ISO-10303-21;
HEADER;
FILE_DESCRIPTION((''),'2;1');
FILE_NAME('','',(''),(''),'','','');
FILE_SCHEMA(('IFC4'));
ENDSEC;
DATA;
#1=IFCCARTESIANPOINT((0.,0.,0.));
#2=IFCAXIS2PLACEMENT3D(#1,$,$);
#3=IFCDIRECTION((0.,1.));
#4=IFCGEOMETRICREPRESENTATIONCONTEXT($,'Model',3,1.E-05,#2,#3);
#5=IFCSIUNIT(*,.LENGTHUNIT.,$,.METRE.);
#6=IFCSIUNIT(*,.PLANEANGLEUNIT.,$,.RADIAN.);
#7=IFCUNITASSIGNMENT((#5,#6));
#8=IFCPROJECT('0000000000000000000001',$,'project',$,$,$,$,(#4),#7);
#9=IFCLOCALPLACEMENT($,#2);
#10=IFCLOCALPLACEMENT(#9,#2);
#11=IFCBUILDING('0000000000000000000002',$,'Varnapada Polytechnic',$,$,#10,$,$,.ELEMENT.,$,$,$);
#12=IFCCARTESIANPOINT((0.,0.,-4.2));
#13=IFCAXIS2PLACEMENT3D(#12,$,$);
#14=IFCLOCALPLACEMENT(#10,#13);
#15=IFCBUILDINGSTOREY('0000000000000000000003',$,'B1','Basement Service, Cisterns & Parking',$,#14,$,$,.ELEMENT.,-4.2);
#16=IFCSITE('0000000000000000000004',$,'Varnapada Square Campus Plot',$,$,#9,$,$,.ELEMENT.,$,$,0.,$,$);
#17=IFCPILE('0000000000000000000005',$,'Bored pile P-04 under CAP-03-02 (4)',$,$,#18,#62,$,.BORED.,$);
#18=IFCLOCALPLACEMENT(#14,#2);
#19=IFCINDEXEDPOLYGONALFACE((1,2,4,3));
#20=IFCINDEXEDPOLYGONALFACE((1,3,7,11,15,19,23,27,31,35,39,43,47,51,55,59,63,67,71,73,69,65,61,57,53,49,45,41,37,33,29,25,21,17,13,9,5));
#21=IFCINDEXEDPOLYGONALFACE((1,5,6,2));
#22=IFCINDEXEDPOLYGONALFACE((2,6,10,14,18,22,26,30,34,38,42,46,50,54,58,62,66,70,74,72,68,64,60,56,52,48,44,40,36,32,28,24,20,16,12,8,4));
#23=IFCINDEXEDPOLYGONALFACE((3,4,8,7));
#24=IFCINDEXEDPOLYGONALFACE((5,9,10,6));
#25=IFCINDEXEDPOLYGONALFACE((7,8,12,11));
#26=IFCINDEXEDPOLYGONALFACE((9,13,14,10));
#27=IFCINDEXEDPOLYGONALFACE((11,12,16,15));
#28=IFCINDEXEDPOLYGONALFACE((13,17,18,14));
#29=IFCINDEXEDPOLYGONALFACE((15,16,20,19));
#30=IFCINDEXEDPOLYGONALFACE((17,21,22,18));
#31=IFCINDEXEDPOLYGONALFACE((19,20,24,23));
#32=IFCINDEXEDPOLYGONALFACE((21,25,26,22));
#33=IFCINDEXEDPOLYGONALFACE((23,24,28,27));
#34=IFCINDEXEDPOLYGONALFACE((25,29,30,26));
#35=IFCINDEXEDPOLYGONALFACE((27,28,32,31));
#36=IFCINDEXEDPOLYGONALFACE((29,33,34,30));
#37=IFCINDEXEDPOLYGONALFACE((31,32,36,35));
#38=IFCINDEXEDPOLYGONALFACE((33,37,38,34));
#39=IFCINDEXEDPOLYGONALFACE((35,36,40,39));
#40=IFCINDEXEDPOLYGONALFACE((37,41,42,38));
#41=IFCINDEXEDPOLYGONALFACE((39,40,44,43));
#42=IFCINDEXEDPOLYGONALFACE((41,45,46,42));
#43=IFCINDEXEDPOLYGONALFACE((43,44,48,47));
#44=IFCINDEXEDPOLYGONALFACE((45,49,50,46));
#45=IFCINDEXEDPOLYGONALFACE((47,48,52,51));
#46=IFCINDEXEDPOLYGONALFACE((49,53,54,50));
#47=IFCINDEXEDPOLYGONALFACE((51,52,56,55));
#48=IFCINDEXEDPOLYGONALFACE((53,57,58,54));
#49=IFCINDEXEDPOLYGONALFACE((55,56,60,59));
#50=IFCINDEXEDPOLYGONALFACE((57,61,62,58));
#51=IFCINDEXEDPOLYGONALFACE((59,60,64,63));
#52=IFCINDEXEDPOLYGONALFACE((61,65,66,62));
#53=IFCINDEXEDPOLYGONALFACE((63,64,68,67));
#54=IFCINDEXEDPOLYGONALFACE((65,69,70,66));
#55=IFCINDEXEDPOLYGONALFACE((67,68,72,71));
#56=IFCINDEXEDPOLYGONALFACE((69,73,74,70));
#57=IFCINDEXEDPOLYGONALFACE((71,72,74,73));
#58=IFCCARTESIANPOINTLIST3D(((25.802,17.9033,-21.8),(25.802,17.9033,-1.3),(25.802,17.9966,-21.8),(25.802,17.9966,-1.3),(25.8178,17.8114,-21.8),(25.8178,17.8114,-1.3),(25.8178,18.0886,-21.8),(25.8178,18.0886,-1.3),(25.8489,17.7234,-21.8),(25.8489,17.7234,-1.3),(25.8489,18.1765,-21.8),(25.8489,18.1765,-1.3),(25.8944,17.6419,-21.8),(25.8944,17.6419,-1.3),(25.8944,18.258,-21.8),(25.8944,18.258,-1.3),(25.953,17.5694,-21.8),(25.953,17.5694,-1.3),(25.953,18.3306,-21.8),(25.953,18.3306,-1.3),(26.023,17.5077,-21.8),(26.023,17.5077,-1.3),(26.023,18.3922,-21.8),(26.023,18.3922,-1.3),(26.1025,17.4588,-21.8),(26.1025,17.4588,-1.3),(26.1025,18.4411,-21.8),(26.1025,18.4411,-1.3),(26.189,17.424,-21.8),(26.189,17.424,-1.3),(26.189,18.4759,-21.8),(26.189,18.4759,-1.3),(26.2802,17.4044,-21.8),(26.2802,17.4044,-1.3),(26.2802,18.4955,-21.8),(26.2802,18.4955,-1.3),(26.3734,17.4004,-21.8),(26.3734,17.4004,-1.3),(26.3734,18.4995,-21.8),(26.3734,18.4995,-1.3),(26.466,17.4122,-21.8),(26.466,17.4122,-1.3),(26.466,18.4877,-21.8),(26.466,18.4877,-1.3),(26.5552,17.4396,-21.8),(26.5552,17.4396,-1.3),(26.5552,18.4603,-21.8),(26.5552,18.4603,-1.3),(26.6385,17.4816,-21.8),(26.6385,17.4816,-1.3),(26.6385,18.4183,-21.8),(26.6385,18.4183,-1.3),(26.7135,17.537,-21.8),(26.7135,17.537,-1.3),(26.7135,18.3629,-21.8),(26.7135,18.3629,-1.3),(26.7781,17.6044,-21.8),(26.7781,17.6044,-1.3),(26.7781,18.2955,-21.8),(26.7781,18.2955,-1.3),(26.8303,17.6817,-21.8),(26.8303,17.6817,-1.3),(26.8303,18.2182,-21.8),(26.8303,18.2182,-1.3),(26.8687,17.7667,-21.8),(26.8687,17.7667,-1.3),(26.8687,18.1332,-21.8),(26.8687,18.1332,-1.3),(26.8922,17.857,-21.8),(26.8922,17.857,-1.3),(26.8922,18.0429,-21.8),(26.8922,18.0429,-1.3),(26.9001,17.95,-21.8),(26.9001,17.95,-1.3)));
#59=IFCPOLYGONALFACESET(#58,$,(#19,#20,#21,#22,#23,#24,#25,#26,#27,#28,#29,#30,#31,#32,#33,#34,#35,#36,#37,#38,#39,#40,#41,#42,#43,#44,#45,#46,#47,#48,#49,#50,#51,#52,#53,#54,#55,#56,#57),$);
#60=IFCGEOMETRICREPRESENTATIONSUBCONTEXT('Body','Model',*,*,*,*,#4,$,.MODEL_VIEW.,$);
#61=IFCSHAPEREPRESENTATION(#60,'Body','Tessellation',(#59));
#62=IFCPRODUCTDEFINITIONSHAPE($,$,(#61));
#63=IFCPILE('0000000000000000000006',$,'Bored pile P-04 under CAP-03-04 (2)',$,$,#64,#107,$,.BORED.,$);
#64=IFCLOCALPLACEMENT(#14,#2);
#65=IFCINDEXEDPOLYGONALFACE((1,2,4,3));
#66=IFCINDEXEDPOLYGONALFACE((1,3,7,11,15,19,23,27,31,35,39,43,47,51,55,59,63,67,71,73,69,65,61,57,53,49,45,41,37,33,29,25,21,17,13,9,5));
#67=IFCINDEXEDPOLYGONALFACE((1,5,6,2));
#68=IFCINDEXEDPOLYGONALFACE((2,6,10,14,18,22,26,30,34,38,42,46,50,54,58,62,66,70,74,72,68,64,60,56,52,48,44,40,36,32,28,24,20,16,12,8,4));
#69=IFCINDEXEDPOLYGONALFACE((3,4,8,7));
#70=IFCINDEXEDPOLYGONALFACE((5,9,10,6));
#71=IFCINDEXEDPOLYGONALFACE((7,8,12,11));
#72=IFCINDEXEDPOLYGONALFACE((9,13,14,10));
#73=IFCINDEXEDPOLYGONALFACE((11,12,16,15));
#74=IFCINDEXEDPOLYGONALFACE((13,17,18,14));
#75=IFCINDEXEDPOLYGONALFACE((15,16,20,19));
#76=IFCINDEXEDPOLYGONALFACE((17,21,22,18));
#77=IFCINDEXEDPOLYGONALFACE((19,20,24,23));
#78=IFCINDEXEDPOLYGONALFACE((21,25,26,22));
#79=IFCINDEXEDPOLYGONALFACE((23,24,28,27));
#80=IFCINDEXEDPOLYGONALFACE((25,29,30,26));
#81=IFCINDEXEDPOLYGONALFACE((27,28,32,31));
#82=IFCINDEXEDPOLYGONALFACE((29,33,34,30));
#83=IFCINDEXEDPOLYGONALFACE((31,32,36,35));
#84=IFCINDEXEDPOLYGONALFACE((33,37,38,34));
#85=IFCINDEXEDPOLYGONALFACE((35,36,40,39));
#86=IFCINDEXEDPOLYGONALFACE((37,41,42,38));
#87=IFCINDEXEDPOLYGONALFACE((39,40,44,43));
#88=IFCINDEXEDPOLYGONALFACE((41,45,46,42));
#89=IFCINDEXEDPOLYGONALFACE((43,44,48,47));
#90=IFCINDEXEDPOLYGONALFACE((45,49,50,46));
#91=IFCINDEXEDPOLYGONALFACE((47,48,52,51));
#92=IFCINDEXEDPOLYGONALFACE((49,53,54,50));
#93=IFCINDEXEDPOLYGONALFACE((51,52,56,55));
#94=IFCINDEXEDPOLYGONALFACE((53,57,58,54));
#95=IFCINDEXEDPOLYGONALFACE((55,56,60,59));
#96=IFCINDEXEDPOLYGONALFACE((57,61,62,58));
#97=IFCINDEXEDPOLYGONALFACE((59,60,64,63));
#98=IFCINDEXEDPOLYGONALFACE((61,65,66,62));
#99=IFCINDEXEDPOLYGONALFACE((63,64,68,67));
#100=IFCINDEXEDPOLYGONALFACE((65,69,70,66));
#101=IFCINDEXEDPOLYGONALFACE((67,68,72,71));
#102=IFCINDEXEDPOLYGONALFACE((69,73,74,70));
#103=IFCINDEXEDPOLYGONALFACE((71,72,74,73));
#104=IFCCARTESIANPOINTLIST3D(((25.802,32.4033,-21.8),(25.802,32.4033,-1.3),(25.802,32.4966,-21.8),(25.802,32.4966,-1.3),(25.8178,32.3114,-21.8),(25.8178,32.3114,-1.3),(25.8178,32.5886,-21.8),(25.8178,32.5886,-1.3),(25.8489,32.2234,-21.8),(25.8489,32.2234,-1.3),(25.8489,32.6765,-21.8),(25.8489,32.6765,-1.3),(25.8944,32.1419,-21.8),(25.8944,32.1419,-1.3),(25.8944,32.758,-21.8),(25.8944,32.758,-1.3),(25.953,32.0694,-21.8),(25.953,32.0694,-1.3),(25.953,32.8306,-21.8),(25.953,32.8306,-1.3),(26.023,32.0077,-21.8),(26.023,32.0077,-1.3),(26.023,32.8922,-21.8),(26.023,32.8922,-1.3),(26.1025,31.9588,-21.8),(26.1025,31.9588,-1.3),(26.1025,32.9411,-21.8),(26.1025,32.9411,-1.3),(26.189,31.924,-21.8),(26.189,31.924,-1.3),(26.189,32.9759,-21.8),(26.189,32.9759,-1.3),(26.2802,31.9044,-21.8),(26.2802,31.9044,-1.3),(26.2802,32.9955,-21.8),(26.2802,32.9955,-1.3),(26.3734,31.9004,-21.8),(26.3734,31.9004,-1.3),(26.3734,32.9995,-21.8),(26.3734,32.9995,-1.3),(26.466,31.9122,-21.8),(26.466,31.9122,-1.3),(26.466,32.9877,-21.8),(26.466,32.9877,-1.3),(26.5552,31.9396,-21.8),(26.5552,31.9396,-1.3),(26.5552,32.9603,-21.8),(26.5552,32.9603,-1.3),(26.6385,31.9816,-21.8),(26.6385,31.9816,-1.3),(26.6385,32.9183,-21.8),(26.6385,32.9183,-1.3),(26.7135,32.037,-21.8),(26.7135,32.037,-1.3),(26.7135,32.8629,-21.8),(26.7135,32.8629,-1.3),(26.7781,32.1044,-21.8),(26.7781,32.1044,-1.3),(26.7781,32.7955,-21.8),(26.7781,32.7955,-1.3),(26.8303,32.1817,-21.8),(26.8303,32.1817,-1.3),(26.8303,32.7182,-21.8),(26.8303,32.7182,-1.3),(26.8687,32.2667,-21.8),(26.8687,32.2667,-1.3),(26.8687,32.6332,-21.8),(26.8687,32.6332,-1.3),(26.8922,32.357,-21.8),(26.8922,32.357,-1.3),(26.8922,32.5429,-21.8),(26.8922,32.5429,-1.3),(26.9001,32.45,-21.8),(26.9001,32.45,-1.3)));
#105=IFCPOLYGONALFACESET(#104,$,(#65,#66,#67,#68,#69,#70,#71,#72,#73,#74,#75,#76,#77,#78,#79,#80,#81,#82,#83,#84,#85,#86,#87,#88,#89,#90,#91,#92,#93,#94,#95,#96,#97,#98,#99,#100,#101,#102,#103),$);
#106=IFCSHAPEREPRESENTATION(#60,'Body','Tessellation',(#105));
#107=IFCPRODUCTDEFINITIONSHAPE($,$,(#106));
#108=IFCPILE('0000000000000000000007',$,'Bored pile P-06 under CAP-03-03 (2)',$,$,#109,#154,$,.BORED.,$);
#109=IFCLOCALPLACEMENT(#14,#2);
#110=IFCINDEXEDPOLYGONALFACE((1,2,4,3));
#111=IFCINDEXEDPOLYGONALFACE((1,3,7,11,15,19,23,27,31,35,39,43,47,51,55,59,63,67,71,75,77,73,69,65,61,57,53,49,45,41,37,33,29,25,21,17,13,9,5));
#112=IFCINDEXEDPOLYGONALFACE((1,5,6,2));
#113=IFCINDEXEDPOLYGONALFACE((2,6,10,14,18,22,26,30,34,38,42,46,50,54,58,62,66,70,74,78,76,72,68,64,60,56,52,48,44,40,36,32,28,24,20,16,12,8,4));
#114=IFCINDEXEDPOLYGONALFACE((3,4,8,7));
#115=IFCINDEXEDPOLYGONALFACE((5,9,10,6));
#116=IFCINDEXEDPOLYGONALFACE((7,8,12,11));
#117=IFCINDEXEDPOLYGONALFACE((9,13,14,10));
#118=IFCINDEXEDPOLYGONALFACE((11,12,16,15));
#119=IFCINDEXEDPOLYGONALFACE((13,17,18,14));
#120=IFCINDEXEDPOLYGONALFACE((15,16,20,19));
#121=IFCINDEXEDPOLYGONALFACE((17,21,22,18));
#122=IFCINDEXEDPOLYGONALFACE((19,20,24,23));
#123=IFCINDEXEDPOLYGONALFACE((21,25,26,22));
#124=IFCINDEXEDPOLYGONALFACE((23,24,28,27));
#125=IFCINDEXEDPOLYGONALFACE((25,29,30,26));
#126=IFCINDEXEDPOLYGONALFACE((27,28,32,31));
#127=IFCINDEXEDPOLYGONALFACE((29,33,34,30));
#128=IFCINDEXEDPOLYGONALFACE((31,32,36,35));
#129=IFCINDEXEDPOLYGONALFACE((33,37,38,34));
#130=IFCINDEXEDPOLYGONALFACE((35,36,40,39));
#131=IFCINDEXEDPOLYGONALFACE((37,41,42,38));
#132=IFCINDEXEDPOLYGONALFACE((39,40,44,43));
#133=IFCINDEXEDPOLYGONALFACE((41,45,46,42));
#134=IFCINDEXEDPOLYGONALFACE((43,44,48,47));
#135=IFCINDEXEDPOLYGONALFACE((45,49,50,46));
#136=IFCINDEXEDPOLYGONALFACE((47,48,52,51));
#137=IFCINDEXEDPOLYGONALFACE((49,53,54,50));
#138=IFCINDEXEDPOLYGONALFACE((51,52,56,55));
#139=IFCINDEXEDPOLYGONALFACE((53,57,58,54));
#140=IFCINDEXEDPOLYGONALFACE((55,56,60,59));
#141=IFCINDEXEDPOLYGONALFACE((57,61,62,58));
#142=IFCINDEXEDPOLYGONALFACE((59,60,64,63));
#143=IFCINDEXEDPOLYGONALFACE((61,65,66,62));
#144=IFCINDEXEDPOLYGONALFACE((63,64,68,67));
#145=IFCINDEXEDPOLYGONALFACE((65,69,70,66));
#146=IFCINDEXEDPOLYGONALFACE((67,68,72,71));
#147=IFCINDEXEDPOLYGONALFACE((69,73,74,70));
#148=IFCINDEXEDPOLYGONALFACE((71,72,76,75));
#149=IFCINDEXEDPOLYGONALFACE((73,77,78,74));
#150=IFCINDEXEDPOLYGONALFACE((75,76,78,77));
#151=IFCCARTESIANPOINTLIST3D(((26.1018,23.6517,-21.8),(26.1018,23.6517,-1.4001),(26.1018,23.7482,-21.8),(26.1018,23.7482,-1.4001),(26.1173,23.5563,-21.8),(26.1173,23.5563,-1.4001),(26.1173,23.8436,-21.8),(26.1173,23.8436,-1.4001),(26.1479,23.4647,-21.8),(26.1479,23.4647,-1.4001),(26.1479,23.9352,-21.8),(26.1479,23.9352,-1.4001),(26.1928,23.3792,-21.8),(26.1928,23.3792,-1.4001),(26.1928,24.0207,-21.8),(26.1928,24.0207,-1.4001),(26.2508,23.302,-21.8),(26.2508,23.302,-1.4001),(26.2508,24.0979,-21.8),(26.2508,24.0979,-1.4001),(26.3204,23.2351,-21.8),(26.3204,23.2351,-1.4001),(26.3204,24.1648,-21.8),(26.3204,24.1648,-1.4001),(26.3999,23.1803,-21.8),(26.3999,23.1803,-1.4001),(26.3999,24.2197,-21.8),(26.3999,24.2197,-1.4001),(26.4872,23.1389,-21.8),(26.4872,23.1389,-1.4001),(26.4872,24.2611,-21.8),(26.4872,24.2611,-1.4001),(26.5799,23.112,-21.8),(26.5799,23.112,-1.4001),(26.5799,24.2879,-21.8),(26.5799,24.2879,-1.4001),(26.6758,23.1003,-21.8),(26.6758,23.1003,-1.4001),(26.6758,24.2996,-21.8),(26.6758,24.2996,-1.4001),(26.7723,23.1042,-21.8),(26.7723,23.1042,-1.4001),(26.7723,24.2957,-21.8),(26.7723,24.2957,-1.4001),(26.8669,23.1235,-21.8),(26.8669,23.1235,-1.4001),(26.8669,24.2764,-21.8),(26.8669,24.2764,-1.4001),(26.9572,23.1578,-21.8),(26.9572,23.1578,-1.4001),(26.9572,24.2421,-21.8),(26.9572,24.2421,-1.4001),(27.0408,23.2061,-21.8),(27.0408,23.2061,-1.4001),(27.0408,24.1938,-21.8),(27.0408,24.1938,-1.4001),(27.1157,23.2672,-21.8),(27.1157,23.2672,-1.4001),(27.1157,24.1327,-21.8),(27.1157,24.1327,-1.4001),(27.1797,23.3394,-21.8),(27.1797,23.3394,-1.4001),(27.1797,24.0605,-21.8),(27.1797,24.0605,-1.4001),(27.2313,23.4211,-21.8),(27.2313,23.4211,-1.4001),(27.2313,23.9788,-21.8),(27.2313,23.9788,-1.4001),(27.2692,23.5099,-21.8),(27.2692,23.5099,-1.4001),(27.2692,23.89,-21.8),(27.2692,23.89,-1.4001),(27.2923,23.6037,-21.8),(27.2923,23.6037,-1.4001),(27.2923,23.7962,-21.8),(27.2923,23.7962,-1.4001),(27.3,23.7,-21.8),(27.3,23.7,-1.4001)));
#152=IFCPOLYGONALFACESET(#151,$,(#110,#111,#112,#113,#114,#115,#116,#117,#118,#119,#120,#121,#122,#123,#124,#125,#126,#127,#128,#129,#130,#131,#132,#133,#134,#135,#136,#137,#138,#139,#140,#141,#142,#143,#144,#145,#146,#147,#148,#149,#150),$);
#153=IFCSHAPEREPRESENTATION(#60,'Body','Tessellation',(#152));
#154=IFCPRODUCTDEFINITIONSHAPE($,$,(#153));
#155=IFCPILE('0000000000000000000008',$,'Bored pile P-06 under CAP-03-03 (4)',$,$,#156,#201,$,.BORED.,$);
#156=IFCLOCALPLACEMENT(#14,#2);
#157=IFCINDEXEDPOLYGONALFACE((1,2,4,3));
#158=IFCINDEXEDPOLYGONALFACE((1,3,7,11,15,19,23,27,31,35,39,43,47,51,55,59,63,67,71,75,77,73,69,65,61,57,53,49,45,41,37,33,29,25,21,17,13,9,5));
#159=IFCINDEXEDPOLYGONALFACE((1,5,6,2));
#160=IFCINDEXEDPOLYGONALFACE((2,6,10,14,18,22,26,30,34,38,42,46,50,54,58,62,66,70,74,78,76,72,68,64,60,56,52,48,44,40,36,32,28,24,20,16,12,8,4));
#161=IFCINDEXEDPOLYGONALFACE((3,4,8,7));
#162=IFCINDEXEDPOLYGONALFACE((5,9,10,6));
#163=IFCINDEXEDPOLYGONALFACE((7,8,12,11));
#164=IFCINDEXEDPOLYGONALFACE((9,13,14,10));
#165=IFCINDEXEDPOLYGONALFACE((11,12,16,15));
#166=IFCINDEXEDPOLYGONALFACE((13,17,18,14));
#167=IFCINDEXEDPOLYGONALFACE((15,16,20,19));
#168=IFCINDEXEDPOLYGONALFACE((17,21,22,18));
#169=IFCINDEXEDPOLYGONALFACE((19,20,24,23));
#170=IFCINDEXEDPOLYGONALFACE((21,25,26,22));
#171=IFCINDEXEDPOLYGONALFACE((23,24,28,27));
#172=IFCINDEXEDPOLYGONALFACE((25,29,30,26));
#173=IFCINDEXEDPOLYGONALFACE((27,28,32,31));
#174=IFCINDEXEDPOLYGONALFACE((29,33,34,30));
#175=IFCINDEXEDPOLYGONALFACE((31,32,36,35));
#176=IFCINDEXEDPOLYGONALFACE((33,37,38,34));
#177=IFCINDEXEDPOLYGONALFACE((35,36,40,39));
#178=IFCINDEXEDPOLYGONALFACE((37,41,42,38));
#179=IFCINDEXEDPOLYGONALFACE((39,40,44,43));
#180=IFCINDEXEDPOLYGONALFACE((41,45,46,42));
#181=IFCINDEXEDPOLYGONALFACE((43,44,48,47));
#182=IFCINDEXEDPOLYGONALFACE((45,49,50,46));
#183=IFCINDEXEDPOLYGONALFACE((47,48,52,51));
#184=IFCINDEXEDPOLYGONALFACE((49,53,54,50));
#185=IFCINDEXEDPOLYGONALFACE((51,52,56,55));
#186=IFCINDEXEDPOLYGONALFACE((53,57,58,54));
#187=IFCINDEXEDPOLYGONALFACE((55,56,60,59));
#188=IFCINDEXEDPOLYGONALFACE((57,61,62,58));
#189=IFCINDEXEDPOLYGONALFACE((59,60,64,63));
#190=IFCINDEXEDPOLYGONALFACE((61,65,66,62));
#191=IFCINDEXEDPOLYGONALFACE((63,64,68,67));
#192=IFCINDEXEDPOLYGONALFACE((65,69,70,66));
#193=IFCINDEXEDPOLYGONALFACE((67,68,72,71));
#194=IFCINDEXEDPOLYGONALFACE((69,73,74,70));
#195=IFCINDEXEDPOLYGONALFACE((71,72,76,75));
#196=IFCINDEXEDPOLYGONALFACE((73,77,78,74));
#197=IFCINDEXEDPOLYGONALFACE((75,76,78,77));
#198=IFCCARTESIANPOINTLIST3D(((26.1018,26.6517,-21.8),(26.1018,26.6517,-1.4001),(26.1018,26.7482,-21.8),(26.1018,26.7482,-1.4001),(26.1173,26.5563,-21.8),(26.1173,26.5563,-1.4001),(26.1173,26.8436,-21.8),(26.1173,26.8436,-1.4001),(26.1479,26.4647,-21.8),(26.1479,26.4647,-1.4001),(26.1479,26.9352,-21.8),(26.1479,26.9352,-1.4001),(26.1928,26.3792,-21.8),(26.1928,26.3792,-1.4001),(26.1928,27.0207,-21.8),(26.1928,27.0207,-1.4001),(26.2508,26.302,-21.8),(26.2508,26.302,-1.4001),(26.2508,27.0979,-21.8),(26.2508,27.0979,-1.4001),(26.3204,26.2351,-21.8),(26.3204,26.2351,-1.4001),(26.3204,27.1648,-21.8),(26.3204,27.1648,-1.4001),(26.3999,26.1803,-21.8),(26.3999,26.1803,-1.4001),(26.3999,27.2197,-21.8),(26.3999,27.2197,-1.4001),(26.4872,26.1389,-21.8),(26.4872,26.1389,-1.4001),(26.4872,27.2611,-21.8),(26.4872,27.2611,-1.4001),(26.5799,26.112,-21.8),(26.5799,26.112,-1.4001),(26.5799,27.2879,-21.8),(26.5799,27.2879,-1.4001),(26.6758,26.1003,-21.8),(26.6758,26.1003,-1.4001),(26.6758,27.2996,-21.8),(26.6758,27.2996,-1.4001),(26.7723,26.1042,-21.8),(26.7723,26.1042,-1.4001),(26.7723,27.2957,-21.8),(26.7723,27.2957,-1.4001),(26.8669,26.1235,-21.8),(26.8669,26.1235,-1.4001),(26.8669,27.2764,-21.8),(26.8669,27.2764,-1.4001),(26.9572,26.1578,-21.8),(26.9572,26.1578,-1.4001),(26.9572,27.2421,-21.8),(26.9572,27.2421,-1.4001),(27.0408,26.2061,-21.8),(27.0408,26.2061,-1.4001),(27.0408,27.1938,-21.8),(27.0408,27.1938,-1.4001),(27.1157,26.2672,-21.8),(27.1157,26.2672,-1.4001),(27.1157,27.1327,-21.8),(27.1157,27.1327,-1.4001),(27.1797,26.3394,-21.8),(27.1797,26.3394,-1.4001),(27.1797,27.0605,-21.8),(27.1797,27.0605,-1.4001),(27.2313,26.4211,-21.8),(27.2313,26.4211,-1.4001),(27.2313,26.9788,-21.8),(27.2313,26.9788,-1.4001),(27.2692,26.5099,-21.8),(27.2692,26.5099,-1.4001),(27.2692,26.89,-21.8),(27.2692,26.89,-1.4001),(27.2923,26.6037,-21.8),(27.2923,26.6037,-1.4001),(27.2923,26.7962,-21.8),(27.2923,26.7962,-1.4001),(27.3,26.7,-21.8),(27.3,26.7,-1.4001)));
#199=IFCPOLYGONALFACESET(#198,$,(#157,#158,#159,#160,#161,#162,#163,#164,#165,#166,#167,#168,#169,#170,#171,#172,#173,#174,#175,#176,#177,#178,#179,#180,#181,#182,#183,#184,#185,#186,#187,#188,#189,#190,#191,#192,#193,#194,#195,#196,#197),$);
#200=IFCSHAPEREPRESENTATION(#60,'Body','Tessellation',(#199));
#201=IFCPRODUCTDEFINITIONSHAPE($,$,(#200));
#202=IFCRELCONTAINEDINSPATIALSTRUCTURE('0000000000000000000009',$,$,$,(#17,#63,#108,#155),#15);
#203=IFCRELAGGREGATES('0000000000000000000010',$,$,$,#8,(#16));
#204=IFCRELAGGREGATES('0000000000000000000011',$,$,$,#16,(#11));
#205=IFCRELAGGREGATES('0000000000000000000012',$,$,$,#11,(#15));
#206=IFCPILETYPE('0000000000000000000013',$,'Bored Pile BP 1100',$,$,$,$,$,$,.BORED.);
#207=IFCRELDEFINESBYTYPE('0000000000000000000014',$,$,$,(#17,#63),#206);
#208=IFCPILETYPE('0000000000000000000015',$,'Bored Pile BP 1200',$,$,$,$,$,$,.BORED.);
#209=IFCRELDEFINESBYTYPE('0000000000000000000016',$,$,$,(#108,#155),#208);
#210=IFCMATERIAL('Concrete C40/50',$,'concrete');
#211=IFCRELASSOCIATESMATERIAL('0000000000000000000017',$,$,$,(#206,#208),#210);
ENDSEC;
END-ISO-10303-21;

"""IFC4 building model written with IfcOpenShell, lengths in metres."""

from ifc_helpers import new_model, si_unit, direction, frame, origin, origin_2d, place, context, subcontext, project, spatial, circle, extrude, material, material_profile, profile_set, type_object, element, save


model = new_model("IFC4")

# Units and contexts
model_context = context("Model", 3, precision=1e-05, world=origin(), true_north=direction((0.0, 1.0)))
body_context = subcontext(model_context, "Body", "Model", "MODEL_VIEW")
ifc_project = project(units=[si_unit("LENGTHUNIT", "METRE"), si_unit("PLANEANGLEUNIT", "RADIAN")], contexts=[model_context])

# Site, building, storey
site_placement = place(None, origin())
site = spatial("IfcSite", under=ifc_project, at=site_placement, Name="Varnapada Square Campus Plot", CompositionType="ELEMENT", RefElevation=0.0)
building_placement = place(site_placement, origin())
building = spatial("IfcBuilding", under=site, at=building_placement, Name="Varnapada Polytechnic", CompositionType="ELEMENT")
storey_placement = place(building_placement, frame((0.0, 0.0, -4.2)))
storey = spatial("IfcBuildingStorey", under=building, at=storey_placement, Name="B1", Description="Basement Service, Cisterns & Parking", CompositionType="ELEMENT", Elevation=-4.2)

# Piles
ifc_material_1 = material(Name="Concrete C40/50", Category="concrete")
ifc_material_profile_1 = material_profile(ifc_material_1, circle(Radius=0.55, at=origin_2d()), Name="BP 1100")
ifc_profile_set_1 = profile_set([ifc_material_profile_1], Name="Concrete C40/50")
pile_type_1 = type_object("IfcPileType", Name="Bored Pile BP 1100", PredefinedType="BORED", material=ifc_profile_set_1)
for number, where, z_axis, x_axis, name in (
    (1, (26.3501, 17.95, -1.3), (0.0, 0.0, -1.0), (1.0, 0.0, 0.0), "Bored pile P-04 under CAP-03-02 (4)"),
    (2, (26.3501, 32.45, -1.3), (0.0, 0.0, -1.0), (1.0, 0.0, 0.0), "Bored pile P-04 under CAP-03-04 (2)"),
):
    element("IfcPile", number, at=place(storey_placement, frame(where, z_axis=z_axis, x_axis=x_axis)), inside=storey, type_object=pile_type_1, Name=name, PredefinedType="BORED", context=body_context, shape_type="SweptSolid", body=[
        extrude(circle(Radius=0.55, at=origin_2d()), origin(), (0.0, 0.0, 1.0), 20.5),
    ])
ifc_material_profile_2 = material_profile(ifc_material_1, circle(Radius=0.6001, at=origin_2d()), Name="BP 1200")
ifc_profile_set_2 = profile_set([ifc_material_profile_2], Name="Concrete C40/50")
pile_type_2 = type_object("IfcPileType", Name="Bored Pile BP 1200", PredefinedType="BORED", material=ifc_profile_set_2)
for number, where, z_axis, x_axis, name in (
    (3, (26.7, 23.7, -1.4001), (0.0, 0.0, -1.0), (1.0, 0.0, 0.0), "Bored pile P-06 under CAP-03-03 (2)"),
    (4, (26.7, 26.7, -1.4001), (0.0, 0.0, -1.0), (1.0, 0.0, 0.0), "Bored pile P-06 under CAP-03-03 (4)"),
):
    element("IfcPile", number, at=place(storey_placement, frame(where, z_axis=z_axis, x_axis=x_axis)), inside=storey, type_object=pile_type_2, Name=name, PredefinedType="BORED", context=body_context, shape_type="SweptSolid", body=[
        extrude(circle(Radius=0.6001, at=origin_2d()), origin(), (0.0, 0.0, 1.0), 20.3999),
    ])

save(model, "model.ifc")
